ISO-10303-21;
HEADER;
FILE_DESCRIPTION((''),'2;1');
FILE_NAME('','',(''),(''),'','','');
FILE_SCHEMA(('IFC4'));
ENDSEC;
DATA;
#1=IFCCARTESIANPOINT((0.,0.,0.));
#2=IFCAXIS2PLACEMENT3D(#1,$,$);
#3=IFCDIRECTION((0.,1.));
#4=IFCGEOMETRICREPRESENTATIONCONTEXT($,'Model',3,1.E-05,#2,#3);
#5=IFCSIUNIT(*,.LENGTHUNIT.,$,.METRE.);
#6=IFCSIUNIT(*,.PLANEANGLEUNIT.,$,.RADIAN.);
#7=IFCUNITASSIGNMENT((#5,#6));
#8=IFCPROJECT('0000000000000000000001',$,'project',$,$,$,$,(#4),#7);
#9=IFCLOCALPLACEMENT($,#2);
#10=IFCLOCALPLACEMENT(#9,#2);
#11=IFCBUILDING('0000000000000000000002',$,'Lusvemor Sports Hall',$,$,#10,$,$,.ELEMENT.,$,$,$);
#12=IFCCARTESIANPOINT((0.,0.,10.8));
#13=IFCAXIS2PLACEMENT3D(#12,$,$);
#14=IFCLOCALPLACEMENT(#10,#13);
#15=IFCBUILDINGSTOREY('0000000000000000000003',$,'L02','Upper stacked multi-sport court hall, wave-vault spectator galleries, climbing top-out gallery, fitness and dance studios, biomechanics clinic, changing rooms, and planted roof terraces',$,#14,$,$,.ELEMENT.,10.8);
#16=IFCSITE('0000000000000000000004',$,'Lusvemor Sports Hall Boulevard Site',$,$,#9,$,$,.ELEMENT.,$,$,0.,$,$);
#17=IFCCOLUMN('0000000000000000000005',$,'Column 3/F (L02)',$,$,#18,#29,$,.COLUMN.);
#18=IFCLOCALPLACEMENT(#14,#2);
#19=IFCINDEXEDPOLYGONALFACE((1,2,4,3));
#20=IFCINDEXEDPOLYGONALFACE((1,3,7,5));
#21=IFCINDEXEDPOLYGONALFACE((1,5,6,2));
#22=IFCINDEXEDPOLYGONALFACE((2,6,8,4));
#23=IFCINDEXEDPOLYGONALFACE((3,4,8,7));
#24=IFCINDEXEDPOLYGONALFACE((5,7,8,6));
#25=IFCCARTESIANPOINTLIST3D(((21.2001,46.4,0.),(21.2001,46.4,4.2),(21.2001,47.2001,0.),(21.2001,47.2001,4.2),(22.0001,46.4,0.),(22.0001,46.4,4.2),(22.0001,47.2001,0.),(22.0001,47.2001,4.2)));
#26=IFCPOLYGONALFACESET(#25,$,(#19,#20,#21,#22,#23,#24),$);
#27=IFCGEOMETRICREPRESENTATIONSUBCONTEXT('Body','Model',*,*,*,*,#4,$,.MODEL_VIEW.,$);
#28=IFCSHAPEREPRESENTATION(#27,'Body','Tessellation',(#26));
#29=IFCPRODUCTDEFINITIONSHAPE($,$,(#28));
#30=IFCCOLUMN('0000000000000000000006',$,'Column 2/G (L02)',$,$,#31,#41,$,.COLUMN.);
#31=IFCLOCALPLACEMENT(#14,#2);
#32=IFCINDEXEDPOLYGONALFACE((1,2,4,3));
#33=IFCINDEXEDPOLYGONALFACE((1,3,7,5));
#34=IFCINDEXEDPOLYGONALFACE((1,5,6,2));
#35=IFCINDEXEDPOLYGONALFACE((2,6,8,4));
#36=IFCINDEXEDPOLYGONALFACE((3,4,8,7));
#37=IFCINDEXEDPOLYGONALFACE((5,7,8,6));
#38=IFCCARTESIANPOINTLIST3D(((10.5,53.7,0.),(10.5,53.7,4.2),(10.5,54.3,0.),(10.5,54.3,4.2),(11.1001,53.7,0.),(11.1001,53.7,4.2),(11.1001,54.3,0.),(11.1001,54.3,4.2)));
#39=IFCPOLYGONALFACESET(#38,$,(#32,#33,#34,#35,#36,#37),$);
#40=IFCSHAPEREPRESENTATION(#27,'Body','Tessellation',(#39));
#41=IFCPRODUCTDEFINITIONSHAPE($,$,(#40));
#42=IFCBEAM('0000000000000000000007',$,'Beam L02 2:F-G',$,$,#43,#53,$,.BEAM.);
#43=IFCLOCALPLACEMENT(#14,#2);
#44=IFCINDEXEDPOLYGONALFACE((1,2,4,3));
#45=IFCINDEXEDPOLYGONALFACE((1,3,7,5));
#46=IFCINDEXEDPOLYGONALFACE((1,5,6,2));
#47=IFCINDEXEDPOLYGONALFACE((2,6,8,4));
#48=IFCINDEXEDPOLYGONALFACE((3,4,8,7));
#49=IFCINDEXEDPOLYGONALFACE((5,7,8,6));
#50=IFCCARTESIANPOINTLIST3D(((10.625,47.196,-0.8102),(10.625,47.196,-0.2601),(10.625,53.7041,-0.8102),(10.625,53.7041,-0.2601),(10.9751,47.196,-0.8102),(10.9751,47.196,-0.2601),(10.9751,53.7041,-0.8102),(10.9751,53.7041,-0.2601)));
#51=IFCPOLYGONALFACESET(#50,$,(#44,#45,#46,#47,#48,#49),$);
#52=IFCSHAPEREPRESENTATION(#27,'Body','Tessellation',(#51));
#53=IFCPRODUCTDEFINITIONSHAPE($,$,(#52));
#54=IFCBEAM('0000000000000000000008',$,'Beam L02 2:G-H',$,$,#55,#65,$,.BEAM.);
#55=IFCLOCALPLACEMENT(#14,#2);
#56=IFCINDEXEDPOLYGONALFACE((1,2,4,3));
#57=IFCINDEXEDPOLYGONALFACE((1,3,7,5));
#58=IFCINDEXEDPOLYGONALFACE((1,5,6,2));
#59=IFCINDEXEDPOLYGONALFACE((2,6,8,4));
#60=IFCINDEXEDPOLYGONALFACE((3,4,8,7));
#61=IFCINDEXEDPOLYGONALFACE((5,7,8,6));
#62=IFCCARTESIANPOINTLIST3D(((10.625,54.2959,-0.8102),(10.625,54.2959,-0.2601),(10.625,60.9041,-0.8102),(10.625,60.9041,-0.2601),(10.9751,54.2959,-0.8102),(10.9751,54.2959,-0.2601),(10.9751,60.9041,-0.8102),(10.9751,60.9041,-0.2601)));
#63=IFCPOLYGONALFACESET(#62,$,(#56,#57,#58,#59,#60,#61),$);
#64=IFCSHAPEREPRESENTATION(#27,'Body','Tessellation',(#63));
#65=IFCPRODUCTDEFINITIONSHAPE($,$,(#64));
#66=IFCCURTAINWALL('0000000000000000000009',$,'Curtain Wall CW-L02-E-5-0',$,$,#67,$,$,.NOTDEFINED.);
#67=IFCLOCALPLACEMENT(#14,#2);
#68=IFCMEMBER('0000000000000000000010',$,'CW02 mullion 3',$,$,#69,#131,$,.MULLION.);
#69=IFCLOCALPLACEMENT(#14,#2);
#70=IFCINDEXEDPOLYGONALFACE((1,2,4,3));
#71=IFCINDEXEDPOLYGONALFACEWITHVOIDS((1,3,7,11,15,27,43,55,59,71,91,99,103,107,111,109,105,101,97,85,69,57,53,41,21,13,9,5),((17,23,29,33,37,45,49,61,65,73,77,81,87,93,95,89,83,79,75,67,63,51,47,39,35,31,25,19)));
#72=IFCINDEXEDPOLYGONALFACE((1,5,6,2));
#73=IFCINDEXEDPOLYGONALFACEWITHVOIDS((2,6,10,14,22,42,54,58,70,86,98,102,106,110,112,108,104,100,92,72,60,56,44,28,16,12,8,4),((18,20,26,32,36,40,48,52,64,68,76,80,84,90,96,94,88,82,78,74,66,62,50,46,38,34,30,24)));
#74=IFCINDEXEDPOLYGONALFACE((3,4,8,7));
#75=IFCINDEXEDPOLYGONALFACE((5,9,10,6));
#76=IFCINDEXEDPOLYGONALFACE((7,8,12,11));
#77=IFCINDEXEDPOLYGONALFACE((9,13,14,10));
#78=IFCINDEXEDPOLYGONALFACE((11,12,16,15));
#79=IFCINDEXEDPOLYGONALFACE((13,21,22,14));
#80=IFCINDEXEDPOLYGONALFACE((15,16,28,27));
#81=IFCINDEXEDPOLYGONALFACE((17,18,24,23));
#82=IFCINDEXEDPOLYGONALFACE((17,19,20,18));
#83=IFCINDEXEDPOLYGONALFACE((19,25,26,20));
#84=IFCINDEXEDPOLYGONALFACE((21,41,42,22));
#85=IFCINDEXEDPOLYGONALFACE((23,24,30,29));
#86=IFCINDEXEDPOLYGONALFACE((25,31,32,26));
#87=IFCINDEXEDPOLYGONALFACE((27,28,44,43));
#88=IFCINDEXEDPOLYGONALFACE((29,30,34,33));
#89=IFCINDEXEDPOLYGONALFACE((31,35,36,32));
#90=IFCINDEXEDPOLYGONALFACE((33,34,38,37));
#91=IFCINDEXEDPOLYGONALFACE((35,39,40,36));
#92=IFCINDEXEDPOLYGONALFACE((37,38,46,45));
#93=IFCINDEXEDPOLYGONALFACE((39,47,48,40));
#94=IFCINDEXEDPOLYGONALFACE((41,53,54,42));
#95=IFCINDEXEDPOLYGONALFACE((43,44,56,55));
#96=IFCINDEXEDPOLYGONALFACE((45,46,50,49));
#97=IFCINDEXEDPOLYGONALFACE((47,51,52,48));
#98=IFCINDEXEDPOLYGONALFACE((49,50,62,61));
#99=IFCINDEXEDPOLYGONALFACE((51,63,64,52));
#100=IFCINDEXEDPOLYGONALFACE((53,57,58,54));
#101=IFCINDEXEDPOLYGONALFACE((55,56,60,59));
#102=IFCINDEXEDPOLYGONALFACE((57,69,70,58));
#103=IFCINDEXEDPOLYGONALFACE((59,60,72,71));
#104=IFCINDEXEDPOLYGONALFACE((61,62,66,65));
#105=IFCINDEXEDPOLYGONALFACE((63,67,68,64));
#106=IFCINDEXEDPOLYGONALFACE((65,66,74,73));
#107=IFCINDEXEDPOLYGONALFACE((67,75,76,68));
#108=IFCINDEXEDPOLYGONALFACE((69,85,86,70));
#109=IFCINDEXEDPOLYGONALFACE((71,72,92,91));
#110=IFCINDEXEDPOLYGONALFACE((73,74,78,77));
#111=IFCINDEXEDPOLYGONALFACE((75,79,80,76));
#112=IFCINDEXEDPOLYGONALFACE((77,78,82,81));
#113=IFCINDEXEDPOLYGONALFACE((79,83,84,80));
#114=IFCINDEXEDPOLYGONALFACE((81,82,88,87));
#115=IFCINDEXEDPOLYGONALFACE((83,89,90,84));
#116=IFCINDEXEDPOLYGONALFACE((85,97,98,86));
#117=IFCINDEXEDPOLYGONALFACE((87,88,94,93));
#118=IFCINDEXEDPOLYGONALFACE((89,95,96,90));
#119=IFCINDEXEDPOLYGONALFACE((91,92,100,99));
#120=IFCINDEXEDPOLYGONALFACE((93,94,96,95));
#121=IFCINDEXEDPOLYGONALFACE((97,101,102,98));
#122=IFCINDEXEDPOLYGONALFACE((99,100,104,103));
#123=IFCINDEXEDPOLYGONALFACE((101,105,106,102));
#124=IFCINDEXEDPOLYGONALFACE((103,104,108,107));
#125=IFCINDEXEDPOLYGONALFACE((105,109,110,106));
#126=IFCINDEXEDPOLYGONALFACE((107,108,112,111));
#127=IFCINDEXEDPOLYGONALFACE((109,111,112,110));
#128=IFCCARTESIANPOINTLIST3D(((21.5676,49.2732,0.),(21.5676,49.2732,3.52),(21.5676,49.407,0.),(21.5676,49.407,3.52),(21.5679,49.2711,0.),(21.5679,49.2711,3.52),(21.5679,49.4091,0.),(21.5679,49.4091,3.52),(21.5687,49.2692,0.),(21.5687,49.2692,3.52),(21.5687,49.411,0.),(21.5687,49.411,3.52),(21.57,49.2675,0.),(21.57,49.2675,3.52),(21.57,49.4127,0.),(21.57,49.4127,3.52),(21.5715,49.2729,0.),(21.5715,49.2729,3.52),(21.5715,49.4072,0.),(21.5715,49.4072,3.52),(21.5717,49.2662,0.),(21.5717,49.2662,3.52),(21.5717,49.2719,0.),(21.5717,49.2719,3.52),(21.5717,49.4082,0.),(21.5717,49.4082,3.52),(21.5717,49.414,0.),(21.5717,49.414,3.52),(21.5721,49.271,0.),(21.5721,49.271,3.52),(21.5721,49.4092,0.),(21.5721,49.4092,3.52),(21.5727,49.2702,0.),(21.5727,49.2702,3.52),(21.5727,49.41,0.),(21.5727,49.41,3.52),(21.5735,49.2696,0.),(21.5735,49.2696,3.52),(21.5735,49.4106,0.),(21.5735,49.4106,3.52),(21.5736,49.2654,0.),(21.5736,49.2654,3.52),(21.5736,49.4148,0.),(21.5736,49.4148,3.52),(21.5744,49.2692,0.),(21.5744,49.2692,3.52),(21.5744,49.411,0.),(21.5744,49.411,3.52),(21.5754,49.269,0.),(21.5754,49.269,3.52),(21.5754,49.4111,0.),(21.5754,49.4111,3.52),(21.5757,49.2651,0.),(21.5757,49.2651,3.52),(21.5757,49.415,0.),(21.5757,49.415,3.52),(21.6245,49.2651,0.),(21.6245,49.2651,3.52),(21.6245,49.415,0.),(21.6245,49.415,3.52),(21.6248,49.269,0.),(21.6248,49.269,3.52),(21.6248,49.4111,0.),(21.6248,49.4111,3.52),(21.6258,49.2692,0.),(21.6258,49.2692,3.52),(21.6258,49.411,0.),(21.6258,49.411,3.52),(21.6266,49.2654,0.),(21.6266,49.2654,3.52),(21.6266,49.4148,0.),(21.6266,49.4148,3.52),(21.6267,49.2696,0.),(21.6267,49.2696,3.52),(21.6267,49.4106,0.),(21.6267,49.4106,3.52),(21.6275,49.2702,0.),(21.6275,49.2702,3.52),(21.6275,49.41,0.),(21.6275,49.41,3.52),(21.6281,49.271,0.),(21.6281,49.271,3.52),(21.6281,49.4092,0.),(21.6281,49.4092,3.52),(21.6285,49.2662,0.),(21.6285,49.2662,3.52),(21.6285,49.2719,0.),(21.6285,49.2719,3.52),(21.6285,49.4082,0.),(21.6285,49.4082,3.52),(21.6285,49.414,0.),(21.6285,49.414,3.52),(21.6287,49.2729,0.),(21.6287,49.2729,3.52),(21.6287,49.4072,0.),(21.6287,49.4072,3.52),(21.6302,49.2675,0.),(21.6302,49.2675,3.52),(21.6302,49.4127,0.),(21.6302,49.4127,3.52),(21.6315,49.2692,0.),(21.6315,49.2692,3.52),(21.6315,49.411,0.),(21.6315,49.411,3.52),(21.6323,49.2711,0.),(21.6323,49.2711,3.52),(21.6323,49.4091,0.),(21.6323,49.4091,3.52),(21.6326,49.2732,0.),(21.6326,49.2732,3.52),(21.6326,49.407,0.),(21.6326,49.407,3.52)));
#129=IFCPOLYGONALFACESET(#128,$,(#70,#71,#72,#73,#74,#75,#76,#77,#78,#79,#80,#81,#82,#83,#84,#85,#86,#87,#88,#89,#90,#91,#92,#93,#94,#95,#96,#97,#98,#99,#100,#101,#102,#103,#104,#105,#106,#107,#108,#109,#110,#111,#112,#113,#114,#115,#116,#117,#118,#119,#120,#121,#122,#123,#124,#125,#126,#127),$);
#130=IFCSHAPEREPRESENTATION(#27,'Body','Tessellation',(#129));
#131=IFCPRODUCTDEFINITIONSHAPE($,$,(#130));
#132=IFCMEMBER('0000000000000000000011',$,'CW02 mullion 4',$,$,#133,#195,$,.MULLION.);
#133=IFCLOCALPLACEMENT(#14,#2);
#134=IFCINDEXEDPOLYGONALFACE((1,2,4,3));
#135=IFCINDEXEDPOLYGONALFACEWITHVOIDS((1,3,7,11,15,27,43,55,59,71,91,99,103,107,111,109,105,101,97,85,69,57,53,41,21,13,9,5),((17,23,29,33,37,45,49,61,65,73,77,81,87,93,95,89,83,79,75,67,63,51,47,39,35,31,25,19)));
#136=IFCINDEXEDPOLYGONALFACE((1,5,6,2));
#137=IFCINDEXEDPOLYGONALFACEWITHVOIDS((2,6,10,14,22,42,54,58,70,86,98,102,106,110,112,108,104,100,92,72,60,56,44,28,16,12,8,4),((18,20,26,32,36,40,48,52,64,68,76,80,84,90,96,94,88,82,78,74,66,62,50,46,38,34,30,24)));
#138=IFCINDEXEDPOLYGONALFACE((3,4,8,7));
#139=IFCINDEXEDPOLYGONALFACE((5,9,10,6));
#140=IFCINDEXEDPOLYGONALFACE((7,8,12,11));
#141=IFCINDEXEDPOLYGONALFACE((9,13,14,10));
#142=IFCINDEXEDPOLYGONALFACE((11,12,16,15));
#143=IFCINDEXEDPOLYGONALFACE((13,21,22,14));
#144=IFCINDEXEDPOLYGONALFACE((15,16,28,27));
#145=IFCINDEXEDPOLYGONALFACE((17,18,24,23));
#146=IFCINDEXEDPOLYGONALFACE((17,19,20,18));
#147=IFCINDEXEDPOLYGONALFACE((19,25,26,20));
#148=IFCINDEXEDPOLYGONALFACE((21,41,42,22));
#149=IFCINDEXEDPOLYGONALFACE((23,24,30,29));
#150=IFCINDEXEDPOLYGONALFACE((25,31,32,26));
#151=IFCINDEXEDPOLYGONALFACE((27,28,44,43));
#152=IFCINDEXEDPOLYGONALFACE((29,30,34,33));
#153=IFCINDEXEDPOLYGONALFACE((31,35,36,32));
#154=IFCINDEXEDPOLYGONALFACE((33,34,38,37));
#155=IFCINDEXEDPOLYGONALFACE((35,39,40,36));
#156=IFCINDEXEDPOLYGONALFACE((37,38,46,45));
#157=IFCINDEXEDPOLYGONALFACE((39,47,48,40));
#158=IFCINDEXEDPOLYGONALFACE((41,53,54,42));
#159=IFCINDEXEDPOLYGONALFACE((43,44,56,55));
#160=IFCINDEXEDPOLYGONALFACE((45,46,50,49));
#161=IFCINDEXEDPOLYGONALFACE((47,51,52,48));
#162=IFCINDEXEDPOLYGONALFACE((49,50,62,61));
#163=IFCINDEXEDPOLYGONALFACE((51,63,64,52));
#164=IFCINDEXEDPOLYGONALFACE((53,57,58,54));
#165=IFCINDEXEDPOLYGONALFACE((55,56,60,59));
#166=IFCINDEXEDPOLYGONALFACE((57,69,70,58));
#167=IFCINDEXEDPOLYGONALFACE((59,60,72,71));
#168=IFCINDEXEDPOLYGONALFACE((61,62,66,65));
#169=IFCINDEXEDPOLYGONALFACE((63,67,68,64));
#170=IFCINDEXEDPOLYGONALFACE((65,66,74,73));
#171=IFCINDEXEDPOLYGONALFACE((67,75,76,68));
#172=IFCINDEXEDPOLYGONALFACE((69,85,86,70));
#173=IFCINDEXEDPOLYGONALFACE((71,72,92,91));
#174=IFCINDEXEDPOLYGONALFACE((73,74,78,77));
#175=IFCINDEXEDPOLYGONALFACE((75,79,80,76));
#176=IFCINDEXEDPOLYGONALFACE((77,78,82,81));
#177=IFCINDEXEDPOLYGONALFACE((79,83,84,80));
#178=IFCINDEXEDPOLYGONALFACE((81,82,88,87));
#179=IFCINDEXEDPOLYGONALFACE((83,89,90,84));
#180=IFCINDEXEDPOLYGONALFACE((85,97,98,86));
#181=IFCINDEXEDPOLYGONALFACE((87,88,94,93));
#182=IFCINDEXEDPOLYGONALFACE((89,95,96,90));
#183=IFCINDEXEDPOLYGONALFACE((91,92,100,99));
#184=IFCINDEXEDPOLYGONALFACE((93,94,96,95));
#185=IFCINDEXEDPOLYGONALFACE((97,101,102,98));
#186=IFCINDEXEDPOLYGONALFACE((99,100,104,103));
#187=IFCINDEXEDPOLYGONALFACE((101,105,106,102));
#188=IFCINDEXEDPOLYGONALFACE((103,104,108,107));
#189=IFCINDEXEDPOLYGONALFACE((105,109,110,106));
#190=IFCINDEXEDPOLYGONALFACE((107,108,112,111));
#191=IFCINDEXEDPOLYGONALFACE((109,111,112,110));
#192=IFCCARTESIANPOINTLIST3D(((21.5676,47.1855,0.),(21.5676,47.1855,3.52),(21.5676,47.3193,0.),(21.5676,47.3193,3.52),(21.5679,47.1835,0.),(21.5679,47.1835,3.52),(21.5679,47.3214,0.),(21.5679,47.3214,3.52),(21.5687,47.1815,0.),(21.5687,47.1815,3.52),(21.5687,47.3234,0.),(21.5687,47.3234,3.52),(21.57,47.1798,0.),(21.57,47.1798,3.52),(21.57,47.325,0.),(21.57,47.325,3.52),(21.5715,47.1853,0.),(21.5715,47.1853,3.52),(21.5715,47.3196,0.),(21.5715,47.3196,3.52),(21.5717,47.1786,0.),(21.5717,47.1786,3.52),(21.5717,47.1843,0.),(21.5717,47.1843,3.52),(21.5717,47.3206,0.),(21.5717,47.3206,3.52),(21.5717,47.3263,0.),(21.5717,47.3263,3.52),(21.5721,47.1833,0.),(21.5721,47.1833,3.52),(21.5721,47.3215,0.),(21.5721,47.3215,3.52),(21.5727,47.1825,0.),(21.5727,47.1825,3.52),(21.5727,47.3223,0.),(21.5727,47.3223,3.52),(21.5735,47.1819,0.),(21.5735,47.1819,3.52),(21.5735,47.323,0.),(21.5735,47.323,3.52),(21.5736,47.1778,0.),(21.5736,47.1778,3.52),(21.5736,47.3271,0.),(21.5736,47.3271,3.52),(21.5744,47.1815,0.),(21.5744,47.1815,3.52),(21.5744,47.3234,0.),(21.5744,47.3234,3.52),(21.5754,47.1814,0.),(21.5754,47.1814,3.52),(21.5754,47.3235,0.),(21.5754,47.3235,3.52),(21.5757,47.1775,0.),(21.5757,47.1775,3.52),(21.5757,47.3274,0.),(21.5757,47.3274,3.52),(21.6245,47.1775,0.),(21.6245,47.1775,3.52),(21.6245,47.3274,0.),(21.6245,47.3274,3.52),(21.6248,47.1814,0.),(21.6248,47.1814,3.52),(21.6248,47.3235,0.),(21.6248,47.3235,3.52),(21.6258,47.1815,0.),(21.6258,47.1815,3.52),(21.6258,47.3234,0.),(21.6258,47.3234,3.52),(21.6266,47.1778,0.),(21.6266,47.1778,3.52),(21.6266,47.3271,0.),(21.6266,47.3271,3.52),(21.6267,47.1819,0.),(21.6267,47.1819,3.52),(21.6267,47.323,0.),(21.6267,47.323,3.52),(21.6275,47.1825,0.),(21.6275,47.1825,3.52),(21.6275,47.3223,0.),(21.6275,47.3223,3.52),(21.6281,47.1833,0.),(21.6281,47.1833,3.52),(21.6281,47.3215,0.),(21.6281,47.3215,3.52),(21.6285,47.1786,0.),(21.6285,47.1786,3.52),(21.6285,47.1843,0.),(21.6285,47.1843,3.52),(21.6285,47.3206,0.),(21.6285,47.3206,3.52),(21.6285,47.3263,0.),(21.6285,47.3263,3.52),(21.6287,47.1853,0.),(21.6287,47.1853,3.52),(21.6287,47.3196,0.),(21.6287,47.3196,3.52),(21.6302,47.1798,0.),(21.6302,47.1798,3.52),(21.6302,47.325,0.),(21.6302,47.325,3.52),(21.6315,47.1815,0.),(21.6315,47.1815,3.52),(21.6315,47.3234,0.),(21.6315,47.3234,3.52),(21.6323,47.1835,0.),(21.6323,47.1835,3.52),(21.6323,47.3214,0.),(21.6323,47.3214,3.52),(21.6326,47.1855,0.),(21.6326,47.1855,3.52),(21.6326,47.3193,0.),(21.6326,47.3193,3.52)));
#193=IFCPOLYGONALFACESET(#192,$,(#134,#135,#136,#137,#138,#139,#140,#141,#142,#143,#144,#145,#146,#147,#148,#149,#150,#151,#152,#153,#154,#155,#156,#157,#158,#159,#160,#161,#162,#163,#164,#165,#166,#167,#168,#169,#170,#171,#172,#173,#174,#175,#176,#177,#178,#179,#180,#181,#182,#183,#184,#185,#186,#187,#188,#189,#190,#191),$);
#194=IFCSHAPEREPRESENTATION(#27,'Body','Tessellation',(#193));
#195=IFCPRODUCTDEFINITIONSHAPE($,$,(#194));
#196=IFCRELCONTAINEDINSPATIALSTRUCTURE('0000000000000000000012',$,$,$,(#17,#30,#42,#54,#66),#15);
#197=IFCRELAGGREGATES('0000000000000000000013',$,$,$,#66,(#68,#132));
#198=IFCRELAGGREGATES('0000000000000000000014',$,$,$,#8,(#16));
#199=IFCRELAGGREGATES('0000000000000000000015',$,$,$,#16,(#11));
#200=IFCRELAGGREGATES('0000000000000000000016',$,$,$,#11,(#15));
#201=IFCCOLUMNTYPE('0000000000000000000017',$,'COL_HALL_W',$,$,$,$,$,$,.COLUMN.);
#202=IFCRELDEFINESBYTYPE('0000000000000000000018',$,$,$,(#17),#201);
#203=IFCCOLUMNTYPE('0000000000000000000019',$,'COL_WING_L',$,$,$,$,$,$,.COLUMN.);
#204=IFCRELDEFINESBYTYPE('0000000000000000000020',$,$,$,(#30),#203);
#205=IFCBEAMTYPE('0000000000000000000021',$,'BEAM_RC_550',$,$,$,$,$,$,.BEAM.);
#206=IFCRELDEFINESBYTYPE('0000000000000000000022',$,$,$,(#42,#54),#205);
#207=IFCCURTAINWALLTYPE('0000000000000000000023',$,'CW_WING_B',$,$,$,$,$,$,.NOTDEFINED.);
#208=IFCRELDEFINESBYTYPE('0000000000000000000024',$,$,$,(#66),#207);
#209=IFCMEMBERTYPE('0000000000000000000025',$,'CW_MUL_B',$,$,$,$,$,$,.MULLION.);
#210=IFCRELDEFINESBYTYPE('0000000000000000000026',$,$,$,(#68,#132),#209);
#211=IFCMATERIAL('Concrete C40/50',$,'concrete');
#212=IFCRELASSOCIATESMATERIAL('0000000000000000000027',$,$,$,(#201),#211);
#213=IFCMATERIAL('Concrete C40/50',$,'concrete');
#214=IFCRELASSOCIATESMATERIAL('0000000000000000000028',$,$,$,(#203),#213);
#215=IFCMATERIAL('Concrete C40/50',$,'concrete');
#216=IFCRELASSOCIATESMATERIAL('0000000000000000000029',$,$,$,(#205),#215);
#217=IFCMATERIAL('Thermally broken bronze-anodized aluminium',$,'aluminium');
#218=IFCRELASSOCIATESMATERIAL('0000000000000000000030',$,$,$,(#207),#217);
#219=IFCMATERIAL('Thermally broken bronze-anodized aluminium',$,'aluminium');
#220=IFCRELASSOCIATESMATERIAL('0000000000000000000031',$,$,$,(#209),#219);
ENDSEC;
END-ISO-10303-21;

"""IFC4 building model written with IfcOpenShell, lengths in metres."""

from ifc_helpers import new_model, si_unit, direction, frame, origin, origin_2d, place, context, subcontext, project, spatial, rectangle, hollow_rectangle, extrude, material, material_profile, profile_set, type_object, element, aggregate, save


model = new_model("IFC4")

# Units and contexts
model_context = context("Model", 3, precision=1e-05, world=origin(), true_north=direction((0.0, 1.0)))
body_context = subcontext(model_context, "Body", "Model", "MODEL_VIEW")
ifc_project = project(units=[si_unit("LENGTHUNIT", "METRE"), si_unit("PLANEANGLEUNIT", "RADIAN")], contexts=[model_context])

# Site, building, storey
site_placement = place(None, origin())
site = spatial("IfcSite", under=ifc_project, at=site_placement, Name="Lusvemor Sports Hall Boulevard Site", CompositionType="ELEMENT", RefElevation=0.0)
building_placement = place(site_placement, origin())
building = spatial("IfcBuilding", under=site, at=building_placement, Name="Lusvemor Sports Hall", CompositionType="ELEMENT")
storey_placement = place(building_placement, frame((0.0, 0.0, 10.8)))
storey = spatial("IfcBuildingStorey", under=building, at=storey_placement, Name="L02", Description="Upper stacked multi-sport court hall, wave-vault spectator galleries, climbing top-out gallery, fitness and dance studios, biomechanics clinic, changing rooms, and planted roof terraces", CompositionType="ELEMENT", Elevation=10.8)

# Columns
ifc_material_1 = material(Name="Concrete C40/50", Category="concrete")
ifc_material_profile_1 = material_profile(ifc_material_1, rectangle(XDim=0.8, YDim=0.8, at=origin_2d()), Name="RC800x800")
ifc_profile_set_1 = profile_set([ifc_material_profile_1], Name="Concrete C40/50")
column_type_1 = type_object("IfcColumnType", Name="COL_HALL_W", PredefinedType="COLUMN", material=ifc_profile_set_1)
column_1_placement = place(storey_placement, frame((21.6001, 46.8, 0.0), z_axis=(0.0, 0.0, 1.0), x_axis=(1.0, 0.0, 0.0)))
element("IfcColumn", 1, at=column_1_placement, inside=storey, type_object=column_type_1, Name="Column 3/F (L02)", PredefinedType="COLUMN", context=body_context, shape_type="SweptSolid", body=[
    extrude(rectangle(XDim=0.8, YDim=0.8, at=origin_2d()), origin(), (0.0, 0.0, 1.0), 4.2),
])
ifc_material_2 = material(Name="Concrete C40/50", Category="concrete")
ifc_material_profile_2 = material_profile(ifc_material_2, rectangle(XDim=0.6001, YDim=0.6001, at=origin_2d()), Name="RC600x600")
ifc_profile_set_2 = profile_set([ifc_material_profile_2], Name="Concrete C40/50")
column_type_2 = type_object("IfcColumnType", Name="COL_WING_L", PredefinedType="COLUMN", material=ifc_profile_set_2)
column_2_placement = place(storey_placement, frame((10.8, 54.0, 0.0), z_axis=(0.0, 0.0, 1.0), x_axis=(1.0, 0.0, 0.0)))
element("IfcColumn", 2, at=column_2_placement, inside=storey, type_object=column_type_2, Name="Column 2/G (L02)", PredefinedType="COLUMN", context=body_context, shape_type="SweptSolid", body=[
    extrude(rectangle(XDim=0.6001, YDim=0.6001, at=origin_2d()), origin(), (0.0, 0.0, 1.0), 4.2),
])

# Beams
ifc_material_3 = material(Name="Concrete C40/50", Category="concrete")
ifc_material_profile_3 = material_profile(ifc_material_3, rectangle(XDim=0.3501, YDim=0.55, at=origin_2d()), Name="RC350x550")
ifc_profile_set_3 = profile_set([ifc_material_profile_3], Name="Concrete C40/50")
beam_type_1 = type_object("IfcBeamType", Name="BEAM_RC_550", PredefinedType="BEAM", material=ifc_profile_set_3)
beam_1_placement = place(storey_placement, frame((10.8, 47.196, -0.5352), z_axis=(0.0, 1.0, 0.0), x_axis=(-1.0, 0.0, 0.0)))
element("IfcBeam", 3, at=beam_1_placement, inside=storey, type_object=beam_type_1, Name="Beam L02 2:F-G", PredefinedType="BEAM", context=body_context, shape_type="SweptSolid", body=[
    extrude(rectangle(XDim=0.3501, YDim=0.55, at=origin_2d()), origin(), (0.0, 0.0, 1.0), 6.5081),
])
beam_2_placement = place(storey_placement, frame((10.8, 54.2959, -0.5352), z_axis=(0.0, 1.0, 0.0), x_axis=(-1.0, 0.0, 0.0)))
element("IfcBeam", 4, at=beam_2_placement, inside=storey, type_object=beam_type_1, Name="Beam L02 2:G-H", PredefinedType="BEAM", context=body_context, shape_type="SweptSolid", body=[
    extrude(rectangle(XDim=0.3501, YDim=0.55, at=origin_2d()), origin(), (0.0, 0.0, 1.0), 6.6082),
])

# Curtain wall, members
ifc_material_4 = material(Name="Thermally broken bronze-anodized aluminium", Category="aluminium")
curtain_wall_type = type_object("IfcCurtainWallType", Name="CW_WING_B", PredefinedType="NOTDEFINED", material=ifc_material_4)
curtain_wall_placement = place(storey_placement, origin())
curtain_wall = element("IfcCurtainWall", 5, at=curtain_wall_placement, inside=storey, type_object=curtain_wall_type, Name="Curtain Wall CW-L02-E-5-0", PredefinedType="NOTDEFINED")
ifc_material_5 = material(Name="Thermally broken bronze-anodized aluminium", Category="aluminium")
ifc_material_profile_4 = material_profile(ifc_material_5, hollow_rectangle(XDim=0.0649, YDim=0.1499, WallThickness=0.0039, InnerFilletRadius=0.0039, OuterFilletRadius=0.0081, at=origin_2d()), Name="CWMUL150x65x4")
ifc_profile_set_4 = profile_set([ifc_material_profile_4], Name="Thermally broken bronze-anodized aluminium")
member_type_1 = type_object("IfcMemberType", Name="CW_MUL_B", PredefinedType="MULLION", material=ifc_profile_set_4)
member_1_placement = place(storey_placement, frame((21.6001, 49.3401, 0.0), z_axis=(0.0, 0.0, 1.0), x_axis=(1.0, 0.0, 0.0)))
member_1 = element("IfcMember", 6, at=member_1_placement, type_object=member_type_1, Name="CW02 mullion 3", PredefinedType="MULLION", context=body_context, shape_type="SweptSolid", body=[
    extrude(hollow_rectangle(XDim=0.0649, YDim=0.1499, WallThickness=0.0039, InnerFilletRadius=0.0039, OuterFilletRadius=0.0081, at=origin_2d()), origin(), (0.0, 0.0, 1.0), 3.52),
])
member_2_placement = place(storey_placement, frame((21.6001, 47.2524, 0.0), z_axis=(0.0, 0.0, 1.0), x_axis=(1.0, 0.0, 0.0)))
member_2 = element("IfcMember", 7, at=member_2_placement, type_object=member_type_1, Name="CW02 mullion 4", PredefinedType="MULLION", context=body_context, shape_type="SweptSolid", body=[
    extrude(hollow_rectangle(XDim=0.0649, YDim=0.1499, WallThickness=0.0039, InnerFilletRadius=0.0039, OuterFilletRadius=0.0081, at=origin_2d()), origin(), (0.0, 0.0, 1.0), 3.52),
])

aggregate(curtain_wall, [member_1, member_2])

save(model, "model.ifc")
